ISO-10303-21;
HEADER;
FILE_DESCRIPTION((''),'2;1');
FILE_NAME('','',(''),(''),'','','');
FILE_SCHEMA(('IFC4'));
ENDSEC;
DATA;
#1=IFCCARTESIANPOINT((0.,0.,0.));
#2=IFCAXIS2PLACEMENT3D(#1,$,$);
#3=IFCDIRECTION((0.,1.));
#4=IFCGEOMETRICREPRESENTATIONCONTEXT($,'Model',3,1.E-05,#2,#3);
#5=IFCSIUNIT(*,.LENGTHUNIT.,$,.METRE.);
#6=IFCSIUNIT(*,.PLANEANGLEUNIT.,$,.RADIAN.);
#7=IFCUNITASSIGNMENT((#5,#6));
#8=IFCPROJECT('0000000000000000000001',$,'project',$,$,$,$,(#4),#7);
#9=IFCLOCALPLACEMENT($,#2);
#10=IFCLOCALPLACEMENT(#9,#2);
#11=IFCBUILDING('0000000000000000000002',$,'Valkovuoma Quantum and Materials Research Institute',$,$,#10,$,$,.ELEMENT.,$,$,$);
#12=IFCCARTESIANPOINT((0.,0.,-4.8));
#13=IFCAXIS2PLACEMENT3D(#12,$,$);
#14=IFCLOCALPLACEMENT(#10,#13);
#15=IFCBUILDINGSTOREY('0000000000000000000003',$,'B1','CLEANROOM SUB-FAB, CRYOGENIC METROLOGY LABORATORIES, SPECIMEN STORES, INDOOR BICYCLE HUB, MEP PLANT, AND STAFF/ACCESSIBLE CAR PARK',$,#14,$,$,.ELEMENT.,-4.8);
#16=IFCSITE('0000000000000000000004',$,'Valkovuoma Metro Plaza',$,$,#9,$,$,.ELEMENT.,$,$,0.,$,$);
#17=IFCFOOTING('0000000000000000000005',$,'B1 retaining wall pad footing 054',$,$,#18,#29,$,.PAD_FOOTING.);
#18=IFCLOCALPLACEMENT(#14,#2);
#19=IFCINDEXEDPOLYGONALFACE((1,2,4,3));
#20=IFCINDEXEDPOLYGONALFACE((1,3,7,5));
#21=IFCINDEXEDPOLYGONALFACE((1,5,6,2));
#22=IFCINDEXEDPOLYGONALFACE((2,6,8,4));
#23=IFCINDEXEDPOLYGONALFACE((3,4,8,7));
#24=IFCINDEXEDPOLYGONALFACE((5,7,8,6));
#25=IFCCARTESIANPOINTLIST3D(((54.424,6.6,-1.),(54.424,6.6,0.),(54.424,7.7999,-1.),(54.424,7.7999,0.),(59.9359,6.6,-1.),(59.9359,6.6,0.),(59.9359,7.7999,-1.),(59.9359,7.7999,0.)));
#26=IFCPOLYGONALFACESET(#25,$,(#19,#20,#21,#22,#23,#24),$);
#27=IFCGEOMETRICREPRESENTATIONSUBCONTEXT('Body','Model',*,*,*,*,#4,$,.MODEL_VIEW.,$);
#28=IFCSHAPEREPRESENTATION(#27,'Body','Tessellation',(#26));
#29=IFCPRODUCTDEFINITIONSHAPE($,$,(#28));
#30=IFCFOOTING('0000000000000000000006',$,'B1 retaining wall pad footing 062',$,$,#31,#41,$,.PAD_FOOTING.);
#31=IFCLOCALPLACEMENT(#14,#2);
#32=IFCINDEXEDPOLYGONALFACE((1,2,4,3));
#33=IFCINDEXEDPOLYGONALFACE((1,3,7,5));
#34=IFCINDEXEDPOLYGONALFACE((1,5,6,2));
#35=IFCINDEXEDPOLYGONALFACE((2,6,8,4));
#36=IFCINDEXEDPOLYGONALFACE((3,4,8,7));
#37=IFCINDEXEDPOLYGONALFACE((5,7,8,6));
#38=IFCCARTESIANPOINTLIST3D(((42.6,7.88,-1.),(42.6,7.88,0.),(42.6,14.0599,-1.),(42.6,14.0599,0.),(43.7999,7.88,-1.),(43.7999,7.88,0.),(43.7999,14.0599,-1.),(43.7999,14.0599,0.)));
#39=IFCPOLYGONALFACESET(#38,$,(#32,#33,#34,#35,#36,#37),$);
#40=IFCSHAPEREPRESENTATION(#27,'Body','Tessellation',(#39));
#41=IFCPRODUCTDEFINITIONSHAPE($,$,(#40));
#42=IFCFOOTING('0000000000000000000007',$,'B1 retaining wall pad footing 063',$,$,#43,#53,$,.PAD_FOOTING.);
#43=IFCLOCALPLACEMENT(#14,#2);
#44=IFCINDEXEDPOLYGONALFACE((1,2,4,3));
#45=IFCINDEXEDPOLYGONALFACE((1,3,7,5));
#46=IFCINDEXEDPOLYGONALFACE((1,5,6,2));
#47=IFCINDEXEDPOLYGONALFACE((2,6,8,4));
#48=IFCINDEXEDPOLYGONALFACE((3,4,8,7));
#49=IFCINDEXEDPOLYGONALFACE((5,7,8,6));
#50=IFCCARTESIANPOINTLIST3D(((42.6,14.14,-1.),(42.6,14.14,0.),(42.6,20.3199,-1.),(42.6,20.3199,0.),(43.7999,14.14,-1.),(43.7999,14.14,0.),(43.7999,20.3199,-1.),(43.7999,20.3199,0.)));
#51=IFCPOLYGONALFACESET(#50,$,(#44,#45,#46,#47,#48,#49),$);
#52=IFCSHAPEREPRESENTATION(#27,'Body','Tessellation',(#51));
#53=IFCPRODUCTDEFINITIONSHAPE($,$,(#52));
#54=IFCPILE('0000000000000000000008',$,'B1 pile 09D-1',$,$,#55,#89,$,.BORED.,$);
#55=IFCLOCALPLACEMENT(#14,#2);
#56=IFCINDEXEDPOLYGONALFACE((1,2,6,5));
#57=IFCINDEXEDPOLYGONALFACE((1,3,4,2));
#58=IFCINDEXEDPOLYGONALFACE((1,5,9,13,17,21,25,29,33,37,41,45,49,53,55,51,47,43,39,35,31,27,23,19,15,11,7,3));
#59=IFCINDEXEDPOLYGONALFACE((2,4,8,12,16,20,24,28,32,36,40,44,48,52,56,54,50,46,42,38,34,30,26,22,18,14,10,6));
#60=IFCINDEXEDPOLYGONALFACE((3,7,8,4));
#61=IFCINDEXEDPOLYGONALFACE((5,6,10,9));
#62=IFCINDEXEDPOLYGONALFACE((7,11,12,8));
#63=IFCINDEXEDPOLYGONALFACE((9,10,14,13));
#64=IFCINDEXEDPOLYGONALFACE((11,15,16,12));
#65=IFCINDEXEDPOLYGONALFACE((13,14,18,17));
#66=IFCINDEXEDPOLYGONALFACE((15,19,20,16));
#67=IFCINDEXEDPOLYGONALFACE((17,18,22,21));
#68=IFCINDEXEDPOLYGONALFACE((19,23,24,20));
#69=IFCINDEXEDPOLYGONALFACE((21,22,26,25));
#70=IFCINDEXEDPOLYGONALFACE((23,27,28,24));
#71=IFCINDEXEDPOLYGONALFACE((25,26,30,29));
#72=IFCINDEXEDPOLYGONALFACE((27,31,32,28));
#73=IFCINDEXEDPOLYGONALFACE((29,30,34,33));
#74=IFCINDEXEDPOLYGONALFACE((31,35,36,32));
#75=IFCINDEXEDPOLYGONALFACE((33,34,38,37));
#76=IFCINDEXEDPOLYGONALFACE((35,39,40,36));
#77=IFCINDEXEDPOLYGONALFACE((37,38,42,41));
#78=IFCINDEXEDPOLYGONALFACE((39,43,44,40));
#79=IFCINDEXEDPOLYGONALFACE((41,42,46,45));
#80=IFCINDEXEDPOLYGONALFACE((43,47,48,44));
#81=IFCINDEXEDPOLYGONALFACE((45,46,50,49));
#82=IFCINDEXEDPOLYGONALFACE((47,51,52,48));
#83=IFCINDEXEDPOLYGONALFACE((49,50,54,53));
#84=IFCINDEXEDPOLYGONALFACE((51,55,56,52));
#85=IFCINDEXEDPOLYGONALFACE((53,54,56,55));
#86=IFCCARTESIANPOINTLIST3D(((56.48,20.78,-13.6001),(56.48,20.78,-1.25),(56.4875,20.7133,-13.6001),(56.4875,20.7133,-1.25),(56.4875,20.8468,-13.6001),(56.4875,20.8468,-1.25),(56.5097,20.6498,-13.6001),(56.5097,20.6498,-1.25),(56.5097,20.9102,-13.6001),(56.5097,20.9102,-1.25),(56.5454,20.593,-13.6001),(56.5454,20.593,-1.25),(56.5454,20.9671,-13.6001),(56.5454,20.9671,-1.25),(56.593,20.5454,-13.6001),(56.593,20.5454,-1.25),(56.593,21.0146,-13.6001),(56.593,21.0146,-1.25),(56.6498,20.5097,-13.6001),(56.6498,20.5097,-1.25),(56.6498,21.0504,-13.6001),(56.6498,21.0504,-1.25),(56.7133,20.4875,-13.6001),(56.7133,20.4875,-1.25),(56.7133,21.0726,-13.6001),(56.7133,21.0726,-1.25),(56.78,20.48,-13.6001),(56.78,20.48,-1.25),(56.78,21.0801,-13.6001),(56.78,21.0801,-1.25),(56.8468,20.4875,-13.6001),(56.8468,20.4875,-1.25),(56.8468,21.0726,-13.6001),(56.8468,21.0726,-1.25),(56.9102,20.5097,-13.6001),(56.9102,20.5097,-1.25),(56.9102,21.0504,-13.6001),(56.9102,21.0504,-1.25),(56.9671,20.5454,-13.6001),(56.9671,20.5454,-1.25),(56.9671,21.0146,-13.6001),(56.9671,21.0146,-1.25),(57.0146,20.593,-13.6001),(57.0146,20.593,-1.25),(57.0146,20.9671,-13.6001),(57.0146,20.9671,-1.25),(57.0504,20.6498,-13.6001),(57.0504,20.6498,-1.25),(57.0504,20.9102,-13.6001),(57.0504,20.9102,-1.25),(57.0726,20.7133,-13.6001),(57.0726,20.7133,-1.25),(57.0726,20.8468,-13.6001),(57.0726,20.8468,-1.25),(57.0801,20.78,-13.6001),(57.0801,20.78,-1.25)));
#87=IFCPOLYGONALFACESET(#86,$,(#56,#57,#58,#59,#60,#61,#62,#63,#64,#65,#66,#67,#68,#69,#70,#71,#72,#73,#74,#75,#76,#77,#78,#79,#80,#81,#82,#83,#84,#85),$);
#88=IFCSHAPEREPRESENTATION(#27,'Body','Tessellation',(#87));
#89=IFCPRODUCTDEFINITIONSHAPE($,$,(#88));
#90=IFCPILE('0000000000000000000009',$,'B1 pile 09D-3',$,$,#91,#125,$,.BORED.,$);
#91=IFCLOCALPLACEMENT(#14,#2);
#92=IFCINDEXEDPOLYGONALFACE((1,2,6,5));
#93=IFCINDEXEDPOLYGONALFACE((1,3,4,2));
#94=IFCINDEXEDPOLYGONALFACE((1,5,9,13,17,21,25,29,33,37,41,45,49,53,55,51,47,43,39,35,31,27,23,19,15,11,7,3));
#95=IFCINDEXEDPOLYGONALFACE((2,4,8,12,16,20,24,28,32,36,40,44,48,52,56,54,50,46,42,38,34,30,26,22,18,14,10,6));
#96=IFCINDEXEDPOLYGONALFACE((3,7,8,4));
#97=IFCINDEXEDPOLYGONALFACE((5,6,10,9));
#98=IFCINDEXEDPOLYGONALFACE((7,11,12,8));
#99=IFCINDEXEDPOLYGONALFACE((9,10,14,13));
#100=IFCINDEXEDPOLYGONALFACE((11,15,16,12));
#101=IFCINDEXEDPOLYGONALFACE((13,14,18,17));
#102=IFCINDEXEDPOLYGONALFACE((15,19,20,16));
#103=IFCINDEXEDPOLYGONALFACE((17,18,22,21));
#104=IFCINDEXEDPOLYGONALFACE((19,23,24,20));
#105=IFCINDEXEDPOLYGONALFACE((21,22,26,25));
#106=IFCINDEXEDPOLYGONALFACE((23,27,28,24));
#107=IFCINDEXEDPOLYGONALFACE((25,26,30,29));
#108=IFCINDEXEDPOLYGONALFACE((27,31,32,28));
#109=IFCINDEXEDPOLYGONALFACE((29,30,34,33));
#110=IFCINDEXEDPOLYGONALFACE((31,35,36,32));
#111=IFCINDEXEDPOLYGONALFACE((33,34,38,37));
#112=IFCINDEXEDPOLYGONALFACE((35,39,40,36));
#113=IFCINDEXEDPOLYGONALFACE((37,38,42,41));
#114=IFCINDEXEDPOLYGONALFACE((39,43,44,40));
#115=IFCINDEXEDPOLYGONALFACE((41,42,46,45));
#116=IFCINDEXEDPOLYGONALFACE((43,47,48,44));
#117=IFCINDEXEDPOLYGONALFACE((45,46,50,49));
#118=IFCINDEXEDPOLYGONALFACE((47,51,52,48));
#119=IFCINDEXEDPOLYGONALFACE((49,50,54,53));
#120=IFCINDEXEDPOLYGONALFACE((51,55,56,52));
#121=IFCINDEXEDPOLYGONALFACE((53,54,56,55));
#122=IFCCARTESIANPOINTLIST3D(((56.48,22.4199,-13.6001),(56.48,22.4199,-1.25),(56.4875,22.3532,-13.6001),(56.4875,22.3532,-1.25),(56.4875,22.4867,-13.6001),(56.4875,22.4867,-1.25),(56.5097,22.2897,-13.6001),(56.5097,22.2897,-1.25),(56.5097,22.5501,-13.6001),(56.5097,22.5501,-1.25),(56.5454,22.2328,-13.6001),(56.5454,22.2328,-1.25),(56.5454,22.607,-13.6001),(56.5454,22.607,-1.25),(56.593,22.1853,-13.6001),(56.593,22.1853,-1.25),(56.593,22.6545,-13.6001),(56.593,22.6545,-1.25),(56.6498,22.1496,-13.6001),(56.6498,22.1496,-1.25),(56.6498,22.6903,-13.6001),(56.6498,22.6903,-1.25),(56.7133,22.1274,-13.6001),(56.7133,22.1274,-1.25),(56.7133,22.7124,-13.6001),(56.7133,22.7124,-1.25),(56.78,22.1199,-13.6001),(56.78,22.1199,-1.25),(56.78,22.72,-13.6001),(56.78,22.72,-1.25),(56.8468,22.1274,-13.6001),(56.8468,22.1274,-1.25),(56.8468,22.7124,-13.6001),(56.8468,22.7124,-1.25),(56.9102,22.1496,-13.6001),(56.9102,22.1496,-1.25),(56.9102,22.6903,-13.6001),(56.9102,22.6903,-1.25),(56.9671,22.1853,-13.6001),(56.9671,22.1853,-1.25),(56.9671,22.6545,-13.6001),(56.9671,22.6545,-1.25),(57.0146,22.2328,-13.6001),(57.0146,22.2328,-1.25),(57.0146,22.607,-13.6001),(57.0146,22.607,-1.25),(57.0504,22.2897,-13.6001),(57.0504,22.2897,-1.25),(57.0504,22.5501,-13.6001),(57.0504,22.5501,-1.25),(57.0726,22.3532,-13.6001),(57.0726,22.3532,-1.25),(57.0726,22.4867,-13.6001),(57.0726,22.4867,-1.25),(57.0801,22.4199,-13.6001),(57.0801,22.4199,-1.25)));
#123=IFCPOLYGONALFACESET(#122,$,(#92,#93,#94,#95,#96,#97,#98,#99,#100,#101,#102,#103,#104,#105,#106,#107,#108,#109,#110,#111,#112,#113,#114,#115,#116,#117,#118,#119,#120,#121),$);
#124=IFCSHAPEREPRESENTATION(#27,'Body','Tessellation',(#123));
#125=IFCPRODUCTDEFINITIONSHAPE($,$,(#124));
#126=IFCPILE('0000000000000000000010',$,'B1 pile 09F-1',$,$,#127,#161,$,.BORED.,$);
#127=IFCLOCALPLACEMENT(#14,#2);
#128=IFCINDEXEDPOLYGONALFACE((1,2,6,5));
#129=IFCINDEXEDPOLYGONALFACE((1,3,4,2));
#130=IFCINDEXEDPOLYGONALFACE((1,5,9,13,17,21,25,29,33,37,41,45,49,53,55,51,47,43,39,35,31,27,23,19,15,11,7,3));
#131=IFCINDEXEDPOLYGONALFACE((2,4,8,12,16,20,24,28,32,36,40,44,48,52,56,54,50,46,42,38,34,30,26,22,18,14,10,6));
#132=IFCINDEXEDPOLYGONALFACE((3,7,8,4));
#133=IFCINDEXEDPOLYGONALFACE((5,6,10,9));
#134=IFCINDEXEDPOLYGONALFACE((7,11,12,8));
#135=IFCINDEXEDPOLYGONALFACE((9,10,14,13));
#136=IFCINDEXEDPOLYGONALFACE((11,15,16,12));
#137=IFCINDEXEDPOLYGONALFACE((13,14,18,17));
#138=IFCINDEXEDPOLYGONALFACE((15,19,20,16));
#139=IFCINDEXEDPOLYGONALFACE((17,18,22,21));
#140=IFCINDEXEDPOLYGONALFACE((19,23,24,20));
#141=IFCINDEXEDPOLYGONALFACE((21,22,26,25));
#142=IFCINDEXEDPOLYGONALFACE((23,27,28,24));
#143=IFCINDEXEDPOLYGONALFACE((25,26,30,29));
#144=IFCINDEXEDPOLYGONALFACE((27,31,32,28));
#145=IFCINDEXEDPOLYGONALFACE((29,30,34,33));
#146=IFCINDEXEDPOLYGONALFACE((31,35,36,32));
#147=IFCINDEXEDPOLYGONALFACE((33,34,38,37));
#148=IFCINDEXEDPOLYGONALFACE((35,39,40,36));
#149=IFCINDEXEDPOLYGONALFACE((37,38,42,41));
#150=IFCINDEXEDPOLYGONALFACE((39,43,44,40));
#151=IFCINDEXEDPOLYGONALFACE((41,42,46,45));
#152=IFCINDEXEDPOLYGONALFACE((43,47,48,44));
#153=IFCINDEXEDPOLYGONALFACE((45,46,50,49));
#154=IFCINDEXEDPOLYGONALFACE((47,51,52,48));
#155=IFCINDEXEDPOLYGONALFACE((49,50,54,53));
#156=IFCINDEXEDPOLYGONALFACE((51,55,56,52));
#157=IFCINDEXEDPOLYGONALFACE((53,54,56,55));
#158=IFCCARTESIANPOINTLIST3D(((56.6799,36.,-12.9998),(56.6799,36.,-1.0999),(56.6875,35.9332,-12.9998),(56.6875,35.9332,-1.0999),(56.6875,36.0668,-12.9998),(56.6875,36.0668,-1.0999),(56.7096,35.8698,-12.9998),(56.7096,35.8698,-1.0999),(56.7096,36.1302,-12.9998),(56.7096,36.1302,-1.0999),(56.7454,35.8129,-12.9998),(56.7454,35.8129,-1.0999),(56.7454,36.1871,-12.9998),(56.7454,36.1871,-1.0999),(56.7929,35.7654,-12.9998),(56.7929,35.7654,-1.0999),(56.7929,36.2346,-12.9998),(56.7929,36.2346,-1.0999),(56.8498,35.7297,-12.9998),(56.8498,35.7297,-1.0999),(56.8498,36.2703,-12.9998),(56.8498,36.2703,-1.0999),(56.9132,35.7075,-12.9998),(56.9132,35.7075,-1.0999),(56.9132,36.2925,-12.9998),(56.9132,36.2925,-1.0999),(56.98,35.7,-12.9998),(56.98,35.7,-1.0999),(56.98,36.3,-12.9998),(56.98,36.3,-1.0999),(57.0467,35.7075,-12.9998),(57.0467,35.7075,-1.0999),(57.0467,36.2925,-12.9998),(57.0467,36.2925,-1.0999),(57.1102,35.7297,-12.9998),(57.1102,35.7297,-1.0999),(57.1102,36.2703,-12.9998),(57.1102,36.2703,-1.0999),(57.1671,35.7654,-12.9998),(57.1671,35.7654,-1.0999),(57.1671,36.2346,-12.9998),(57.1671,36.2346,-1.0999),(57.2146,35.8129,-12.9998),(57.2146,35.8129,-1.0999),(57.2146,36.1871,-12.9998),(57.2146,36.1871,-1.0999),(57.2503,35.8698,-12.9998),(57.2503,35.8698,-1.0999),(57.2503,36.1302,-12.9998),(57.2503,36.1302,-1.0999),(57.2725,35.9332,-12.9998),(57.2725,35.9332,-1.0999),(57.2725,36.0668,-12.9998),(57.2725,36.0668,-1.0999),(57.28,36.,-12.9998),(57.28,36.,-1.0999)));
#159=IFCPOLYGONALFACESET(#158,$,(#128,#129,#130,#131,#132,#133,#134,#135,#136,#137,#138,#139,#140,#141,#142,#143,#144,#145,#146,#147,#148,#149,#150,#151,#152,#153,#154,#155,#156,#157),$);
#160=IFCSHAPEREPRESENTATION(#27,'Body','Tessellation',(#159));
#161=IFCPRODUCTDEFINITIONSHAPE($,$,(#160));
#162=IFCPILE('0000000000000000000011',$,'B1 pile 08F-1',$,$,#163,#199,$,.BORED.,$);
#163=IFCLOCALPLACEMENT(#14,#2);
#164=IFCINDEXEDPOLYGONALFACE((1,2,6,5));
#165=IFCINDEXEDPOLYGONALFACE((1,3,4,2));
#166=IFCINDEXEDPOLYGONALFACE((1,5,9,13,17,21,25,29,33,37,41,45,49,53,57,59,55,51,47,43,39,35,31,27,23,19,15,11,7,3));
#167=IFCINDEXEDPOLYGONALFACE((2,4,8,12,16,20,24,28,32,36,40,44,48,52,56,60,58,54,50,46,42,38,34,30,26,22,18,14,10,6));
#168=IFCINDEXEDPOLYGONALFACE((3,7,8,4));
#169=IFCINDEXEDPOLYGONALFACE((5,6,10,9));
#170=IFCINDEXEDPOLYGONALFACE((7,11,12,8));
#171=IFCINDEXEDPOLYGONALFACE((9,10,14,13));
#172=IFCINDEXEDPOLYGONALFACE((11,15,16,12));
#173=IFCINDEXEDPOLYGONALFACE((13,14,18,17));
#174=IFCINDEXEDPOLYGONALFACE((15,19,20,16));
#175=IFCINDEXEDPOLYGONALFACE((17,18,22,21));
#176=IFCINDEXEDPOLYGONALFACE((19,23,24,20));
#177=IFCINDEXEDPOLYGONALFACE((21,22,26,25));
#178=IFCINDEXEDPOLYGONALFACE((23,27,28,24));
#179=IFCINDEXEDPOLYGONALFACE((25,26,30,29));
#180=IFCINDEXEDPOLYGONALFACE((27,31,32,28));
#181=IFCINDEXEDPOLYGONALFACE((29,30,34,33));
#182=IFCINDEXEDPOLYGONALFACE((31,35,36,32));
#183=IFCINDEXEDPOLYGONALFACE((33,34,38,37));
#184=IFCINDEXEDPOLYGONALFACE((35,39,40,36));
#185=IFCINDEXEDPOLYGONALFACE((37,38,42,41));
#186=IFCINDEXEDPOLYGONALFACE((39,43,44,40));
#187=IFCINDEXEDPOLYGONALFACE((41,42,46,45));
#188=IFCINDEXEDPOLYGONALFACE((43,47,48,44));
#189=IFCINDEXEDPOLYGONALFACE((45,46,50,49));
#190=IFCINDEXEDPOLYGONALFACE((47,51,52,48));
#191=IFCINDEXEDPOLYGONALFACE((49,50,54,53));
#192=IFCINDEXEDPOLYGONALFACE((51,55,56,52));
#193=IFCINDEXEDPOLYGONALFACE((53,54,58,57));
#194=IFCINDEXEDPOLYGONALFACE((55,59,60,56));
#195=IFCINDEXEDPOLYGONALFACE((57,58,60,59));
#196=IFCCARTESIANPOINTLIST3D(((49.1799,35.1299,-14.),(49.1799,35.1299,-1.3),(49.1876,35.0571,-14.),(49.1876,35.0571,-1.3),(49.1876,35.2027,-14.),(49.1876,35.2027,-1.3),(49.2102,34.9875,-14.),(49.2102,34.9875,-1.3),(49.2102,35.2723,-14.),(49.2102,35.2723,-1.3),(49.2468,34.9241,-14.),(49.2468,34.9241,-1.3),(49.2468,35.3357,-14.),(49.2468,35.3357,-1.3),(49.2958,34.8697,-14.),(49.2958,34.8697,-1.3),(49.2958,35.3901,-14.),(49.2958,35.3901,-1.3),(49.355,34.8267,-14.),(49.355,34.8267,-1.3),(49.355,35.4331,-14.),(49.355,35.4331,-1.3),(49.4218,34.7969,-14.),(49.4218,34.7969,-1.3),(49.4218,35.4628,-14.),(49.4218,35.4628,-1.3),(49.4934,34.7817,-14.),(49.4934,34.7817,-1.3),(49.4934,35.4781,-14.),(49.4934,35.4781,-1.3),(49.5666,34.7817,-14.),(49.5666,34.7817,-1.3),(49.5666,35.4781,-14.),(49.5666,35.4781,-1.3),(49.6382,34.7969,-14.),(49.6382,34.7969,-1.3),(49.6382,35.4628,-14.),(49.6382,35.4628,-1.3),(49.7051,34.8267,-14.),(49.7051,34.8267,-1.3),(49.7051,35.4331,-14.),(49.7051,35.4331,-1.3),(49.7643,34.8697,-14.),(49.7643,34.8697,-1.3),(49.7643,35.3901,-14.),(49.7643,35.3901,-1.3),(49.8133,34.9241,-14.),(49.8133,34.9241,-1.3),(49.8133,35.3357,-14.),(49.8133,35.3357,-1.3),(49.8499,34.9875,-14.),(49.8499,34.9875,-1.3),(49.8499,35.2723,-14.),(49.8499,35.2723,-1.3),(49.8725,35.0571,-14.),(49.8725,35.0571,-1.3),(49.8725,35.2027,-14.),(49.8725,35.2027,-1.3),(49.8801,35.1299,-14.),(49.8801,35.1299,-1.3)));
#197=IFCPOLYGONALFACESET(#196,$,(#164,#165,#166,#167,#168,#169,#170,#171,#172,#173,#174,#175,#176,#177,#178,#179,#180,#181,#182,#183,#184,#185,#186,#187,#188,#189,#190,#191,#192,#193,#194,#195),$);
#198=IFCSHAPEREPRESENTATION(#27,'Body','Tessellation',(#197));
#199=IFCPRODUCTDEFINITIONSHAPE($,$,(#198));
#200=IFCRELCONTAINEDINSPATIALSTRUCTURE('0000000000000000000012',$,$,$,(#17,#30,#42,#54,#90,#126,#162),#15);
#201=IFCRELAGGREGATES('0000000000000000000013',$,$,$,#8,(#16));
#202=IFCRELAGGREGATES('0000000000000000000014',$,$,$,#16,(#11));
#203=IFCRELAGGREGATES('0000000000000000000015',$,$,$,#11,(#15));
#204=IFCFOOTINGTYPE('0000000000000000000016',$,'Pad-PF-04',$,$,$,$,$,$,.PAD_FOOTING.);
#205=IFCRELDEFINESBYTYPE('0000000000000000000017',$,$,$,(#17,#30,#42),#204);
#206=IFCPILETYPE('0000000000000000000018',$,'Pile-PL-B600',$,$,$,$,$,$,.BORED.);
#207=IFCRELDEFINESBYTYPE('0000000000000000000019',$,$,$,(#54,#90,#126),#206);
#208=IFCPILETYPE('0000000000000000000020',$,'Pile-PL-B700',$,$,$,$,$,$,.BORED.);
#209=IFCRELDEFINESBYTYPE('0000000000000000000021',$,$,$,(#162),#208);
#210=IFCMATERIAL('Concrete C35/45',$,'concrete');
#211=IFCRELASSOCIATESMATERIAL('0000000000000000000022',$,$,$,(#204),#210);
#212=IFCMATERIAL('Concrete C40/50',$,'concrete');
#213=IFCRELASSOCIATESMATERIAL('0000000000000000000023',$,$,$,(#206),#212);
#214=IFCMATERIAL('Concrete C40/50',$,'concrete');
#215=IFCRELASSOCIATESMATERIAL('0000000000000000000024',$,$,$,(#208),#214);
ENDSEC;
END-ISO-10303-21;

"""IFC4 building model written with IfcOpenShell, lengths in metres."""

from ifc_helpers import new_model, si_unit, direction, frame, origin, origin_2d, place, context, subcontext, project, spatial, rectangle, circle, extrude, material, material_profile, profile_set, type_object, element, save


model = new_model("IFC4")

# Units and contexts
model_context = context("Model", 3, precision=1e-05, world=origin(), true_north=direction((0.0, 1.0)))
body_context = subcontext(model_context, "Body", "Model", "MODEL_VIEW")
ifc_project = project(units=[si_unit("LENGTHUNIT", "METRE"), si_unit("PLANEANGLEUNIT", "RADIAN")], contexts=[model_context])

# Site, building, storey
site_placement = place(None, origin())
site = spatial("IfcSite", under=ifc_project, at=site_placement, Name="Valkovuoma Metro Plaza", CompositionType="ELEMENT", RefElevation=0.0)
building_placement = place(site_placement, origin())
building = spatial("IfcBuilding", under=site, at=building_placement, Name="Valkovuoma Quantum and Materials Research Institute", CompositionType="ELEMENT")
storey_placement = place(building_placement, frame((0.0, 0.0, -4.8)))
storey = spatial("IfcBuildingStorey", under=building, at=storey_placement, Name="B1", Description="CLEANROOM SUB-FAB, CRYOGENIC METROLOGY LABORATORIES, SPECIMEN STORES, INDOOR BICYCLE HUB, MEP PLANT, AND STAFF/ACCESSIBLE CAR PARK", CompositionType="ELEMENT", Elevation=-4.8)

# Footings
ifc_material_1 = material(Name="Concrete C35/45", Category="concrete")
footing_type_1 = type_object("IfcFootingType", Name="Pad-PF-04", PredefinedType="PAD_FOOTING", material=ifc_material_1)
for number, where, z_axis, x_axis, name in (
    (1, (57.1799, 7.2, -1.0), (0.0, 0.0, 1.0), (1.0, 0.0, 0.0), "B1 retaining wall pad footing 054"),
):
    element("IfcFooting", number, at=place(storey_placement, frame(where, z_axis=z_axis, x_axis=x_axis)), inside=storey, type_object=footing_type_1, Name=name, PredefinedType="PAD_FOOTING", context=body_context, shape_type="SweptSolid", body=[
        extrude(rectangle(XDim=5.512, YDim=1.2, at=origin_2d()), origin(), (0.0, 0.0, 1.0), 1.0),
    ])
for number, where, z_axis, x_axis, name in (
    (2, (43.2, 10.97, -1.0), (0.0, 0.0, 1.0), (0.0, 1.0, 0.0), "B1 retaining wall pad footing 062"),
    (3, (43.2, 17.23, -1.0), (0.0, 0.0, 1.0), (0.0, 1.0, 0.0), "B1 retaining wall pad footing 063"),
):
    element("IfcFooting", number, at=place(storey_placement, frame(where, z_axis=z_axis, x_axis=x_axis)), inside=storey, type_object=footing_type_1, Name=name, PredefinedType="PAD_FOOTING", context=body_context, shape_type="SweptSolid", body=[
        extrude(rectangle(XDim=6.1799, YDim=1.2, at=origin_2d()), origin(), (0.0, 0.0, 1.0), 1.0),
    ])

# Piles
ifc_material_2 = material(Name="Concrete C40/50", Category="concrete")
ifc_material_profile_1 = material_profile(ifc_material_2, circle(Radius=0.3, at=origin_2d()), Name="Concrete C40/50")
ifc_profile_set_1 = profile_set([ifc_material_profile_1], Name="Concrete C40/50")
pile_type_1 = type_object("IfcPileType", Name="Pile-PL-B600", PredefinedType="BORED", material=ifc_profile_set_1)
for number, where, z_axis, x_axis, name in (
    (4, (56.78, 20.78, -1.25), (0.0, 0.0, -1.0), (1.0, 0.0, 0.0), "B1 pile 09D-1"),
    (5, (56.78, 22.4199, -1.25), (0.0, 0.0, -1.0), (1.0, 0.0, 0.0), "B1 pile 09D-3"),
):
    element("IfcPile", number, at=place(storey_placement, frame(where, z_axis=z_axis, x_axis=x_axis)), inside=storey, type_object=pile_type_1, Name=name, PredefinedType="BORED", context=body_context, shape_type="SweptSolid", body=[
        extrude(circle(Radius=0.3, at=origin_2d()), origin(), (0.0, 0.0, 1.0), 12.3501),
    ])
pile_1_placement = place(storey_placement, frame((56.98, 36.0, -1.0999), z_axis=(0.0, 0.0, -1.0), x_axis=(1.0, 0.0, 0.0)))
element("IfcPile", 6, at=pile_1_placement, inside=storey, type_object=pile_type_1, Name="B1 pile 09F-1", PredefinedType="BORED", context=body_context, shape_type="SweptSolid", body=[
    extrude(circle(Radius=0.3, at=origin_2d()), origin(), (0.0, 0.0, 1.0), 11.8999),
])
ifc_material_3 = material(Name="Concrete C40/50", Category="concrete")
ifc_material_profile_2 = material_profile(ifc_material_3, circle(Radius=0.3501, at=origin_2d()), Name="Concrete C40/50")
ifc_profile_set_2 = profile_set([ifc_material_profile_2], Name="Concrete C40/50")
pile_type_2 = type_object("IfcPileType", Name="Pile-PL-B700", PredefinedType="BORED", material=ifc_profile_set_2)
for number, where, z_axis, x_axis, name in (
    (7, (49.53, 35.1299, -1.3), (0.0, 0.0, -1.0), (1.0, 0.0, 0.0), "B1 pile 08F-1"),
):
    element("IfcPile", number, at=place(storey_placement, frame(where, z_axis=z_axis, x_axis=x_axis)), inside=storey, type_object=pile_type_2, Name=name, PredefinedType="BORED", context=body_context, shape_type="SweptSolid", body=[
        extrude(circle(Radius=0.3501, at=origin_2d()), origin(), (0.0, 0.0, 1.0), 12.7),
    ])

save(model, "model.ifc")
